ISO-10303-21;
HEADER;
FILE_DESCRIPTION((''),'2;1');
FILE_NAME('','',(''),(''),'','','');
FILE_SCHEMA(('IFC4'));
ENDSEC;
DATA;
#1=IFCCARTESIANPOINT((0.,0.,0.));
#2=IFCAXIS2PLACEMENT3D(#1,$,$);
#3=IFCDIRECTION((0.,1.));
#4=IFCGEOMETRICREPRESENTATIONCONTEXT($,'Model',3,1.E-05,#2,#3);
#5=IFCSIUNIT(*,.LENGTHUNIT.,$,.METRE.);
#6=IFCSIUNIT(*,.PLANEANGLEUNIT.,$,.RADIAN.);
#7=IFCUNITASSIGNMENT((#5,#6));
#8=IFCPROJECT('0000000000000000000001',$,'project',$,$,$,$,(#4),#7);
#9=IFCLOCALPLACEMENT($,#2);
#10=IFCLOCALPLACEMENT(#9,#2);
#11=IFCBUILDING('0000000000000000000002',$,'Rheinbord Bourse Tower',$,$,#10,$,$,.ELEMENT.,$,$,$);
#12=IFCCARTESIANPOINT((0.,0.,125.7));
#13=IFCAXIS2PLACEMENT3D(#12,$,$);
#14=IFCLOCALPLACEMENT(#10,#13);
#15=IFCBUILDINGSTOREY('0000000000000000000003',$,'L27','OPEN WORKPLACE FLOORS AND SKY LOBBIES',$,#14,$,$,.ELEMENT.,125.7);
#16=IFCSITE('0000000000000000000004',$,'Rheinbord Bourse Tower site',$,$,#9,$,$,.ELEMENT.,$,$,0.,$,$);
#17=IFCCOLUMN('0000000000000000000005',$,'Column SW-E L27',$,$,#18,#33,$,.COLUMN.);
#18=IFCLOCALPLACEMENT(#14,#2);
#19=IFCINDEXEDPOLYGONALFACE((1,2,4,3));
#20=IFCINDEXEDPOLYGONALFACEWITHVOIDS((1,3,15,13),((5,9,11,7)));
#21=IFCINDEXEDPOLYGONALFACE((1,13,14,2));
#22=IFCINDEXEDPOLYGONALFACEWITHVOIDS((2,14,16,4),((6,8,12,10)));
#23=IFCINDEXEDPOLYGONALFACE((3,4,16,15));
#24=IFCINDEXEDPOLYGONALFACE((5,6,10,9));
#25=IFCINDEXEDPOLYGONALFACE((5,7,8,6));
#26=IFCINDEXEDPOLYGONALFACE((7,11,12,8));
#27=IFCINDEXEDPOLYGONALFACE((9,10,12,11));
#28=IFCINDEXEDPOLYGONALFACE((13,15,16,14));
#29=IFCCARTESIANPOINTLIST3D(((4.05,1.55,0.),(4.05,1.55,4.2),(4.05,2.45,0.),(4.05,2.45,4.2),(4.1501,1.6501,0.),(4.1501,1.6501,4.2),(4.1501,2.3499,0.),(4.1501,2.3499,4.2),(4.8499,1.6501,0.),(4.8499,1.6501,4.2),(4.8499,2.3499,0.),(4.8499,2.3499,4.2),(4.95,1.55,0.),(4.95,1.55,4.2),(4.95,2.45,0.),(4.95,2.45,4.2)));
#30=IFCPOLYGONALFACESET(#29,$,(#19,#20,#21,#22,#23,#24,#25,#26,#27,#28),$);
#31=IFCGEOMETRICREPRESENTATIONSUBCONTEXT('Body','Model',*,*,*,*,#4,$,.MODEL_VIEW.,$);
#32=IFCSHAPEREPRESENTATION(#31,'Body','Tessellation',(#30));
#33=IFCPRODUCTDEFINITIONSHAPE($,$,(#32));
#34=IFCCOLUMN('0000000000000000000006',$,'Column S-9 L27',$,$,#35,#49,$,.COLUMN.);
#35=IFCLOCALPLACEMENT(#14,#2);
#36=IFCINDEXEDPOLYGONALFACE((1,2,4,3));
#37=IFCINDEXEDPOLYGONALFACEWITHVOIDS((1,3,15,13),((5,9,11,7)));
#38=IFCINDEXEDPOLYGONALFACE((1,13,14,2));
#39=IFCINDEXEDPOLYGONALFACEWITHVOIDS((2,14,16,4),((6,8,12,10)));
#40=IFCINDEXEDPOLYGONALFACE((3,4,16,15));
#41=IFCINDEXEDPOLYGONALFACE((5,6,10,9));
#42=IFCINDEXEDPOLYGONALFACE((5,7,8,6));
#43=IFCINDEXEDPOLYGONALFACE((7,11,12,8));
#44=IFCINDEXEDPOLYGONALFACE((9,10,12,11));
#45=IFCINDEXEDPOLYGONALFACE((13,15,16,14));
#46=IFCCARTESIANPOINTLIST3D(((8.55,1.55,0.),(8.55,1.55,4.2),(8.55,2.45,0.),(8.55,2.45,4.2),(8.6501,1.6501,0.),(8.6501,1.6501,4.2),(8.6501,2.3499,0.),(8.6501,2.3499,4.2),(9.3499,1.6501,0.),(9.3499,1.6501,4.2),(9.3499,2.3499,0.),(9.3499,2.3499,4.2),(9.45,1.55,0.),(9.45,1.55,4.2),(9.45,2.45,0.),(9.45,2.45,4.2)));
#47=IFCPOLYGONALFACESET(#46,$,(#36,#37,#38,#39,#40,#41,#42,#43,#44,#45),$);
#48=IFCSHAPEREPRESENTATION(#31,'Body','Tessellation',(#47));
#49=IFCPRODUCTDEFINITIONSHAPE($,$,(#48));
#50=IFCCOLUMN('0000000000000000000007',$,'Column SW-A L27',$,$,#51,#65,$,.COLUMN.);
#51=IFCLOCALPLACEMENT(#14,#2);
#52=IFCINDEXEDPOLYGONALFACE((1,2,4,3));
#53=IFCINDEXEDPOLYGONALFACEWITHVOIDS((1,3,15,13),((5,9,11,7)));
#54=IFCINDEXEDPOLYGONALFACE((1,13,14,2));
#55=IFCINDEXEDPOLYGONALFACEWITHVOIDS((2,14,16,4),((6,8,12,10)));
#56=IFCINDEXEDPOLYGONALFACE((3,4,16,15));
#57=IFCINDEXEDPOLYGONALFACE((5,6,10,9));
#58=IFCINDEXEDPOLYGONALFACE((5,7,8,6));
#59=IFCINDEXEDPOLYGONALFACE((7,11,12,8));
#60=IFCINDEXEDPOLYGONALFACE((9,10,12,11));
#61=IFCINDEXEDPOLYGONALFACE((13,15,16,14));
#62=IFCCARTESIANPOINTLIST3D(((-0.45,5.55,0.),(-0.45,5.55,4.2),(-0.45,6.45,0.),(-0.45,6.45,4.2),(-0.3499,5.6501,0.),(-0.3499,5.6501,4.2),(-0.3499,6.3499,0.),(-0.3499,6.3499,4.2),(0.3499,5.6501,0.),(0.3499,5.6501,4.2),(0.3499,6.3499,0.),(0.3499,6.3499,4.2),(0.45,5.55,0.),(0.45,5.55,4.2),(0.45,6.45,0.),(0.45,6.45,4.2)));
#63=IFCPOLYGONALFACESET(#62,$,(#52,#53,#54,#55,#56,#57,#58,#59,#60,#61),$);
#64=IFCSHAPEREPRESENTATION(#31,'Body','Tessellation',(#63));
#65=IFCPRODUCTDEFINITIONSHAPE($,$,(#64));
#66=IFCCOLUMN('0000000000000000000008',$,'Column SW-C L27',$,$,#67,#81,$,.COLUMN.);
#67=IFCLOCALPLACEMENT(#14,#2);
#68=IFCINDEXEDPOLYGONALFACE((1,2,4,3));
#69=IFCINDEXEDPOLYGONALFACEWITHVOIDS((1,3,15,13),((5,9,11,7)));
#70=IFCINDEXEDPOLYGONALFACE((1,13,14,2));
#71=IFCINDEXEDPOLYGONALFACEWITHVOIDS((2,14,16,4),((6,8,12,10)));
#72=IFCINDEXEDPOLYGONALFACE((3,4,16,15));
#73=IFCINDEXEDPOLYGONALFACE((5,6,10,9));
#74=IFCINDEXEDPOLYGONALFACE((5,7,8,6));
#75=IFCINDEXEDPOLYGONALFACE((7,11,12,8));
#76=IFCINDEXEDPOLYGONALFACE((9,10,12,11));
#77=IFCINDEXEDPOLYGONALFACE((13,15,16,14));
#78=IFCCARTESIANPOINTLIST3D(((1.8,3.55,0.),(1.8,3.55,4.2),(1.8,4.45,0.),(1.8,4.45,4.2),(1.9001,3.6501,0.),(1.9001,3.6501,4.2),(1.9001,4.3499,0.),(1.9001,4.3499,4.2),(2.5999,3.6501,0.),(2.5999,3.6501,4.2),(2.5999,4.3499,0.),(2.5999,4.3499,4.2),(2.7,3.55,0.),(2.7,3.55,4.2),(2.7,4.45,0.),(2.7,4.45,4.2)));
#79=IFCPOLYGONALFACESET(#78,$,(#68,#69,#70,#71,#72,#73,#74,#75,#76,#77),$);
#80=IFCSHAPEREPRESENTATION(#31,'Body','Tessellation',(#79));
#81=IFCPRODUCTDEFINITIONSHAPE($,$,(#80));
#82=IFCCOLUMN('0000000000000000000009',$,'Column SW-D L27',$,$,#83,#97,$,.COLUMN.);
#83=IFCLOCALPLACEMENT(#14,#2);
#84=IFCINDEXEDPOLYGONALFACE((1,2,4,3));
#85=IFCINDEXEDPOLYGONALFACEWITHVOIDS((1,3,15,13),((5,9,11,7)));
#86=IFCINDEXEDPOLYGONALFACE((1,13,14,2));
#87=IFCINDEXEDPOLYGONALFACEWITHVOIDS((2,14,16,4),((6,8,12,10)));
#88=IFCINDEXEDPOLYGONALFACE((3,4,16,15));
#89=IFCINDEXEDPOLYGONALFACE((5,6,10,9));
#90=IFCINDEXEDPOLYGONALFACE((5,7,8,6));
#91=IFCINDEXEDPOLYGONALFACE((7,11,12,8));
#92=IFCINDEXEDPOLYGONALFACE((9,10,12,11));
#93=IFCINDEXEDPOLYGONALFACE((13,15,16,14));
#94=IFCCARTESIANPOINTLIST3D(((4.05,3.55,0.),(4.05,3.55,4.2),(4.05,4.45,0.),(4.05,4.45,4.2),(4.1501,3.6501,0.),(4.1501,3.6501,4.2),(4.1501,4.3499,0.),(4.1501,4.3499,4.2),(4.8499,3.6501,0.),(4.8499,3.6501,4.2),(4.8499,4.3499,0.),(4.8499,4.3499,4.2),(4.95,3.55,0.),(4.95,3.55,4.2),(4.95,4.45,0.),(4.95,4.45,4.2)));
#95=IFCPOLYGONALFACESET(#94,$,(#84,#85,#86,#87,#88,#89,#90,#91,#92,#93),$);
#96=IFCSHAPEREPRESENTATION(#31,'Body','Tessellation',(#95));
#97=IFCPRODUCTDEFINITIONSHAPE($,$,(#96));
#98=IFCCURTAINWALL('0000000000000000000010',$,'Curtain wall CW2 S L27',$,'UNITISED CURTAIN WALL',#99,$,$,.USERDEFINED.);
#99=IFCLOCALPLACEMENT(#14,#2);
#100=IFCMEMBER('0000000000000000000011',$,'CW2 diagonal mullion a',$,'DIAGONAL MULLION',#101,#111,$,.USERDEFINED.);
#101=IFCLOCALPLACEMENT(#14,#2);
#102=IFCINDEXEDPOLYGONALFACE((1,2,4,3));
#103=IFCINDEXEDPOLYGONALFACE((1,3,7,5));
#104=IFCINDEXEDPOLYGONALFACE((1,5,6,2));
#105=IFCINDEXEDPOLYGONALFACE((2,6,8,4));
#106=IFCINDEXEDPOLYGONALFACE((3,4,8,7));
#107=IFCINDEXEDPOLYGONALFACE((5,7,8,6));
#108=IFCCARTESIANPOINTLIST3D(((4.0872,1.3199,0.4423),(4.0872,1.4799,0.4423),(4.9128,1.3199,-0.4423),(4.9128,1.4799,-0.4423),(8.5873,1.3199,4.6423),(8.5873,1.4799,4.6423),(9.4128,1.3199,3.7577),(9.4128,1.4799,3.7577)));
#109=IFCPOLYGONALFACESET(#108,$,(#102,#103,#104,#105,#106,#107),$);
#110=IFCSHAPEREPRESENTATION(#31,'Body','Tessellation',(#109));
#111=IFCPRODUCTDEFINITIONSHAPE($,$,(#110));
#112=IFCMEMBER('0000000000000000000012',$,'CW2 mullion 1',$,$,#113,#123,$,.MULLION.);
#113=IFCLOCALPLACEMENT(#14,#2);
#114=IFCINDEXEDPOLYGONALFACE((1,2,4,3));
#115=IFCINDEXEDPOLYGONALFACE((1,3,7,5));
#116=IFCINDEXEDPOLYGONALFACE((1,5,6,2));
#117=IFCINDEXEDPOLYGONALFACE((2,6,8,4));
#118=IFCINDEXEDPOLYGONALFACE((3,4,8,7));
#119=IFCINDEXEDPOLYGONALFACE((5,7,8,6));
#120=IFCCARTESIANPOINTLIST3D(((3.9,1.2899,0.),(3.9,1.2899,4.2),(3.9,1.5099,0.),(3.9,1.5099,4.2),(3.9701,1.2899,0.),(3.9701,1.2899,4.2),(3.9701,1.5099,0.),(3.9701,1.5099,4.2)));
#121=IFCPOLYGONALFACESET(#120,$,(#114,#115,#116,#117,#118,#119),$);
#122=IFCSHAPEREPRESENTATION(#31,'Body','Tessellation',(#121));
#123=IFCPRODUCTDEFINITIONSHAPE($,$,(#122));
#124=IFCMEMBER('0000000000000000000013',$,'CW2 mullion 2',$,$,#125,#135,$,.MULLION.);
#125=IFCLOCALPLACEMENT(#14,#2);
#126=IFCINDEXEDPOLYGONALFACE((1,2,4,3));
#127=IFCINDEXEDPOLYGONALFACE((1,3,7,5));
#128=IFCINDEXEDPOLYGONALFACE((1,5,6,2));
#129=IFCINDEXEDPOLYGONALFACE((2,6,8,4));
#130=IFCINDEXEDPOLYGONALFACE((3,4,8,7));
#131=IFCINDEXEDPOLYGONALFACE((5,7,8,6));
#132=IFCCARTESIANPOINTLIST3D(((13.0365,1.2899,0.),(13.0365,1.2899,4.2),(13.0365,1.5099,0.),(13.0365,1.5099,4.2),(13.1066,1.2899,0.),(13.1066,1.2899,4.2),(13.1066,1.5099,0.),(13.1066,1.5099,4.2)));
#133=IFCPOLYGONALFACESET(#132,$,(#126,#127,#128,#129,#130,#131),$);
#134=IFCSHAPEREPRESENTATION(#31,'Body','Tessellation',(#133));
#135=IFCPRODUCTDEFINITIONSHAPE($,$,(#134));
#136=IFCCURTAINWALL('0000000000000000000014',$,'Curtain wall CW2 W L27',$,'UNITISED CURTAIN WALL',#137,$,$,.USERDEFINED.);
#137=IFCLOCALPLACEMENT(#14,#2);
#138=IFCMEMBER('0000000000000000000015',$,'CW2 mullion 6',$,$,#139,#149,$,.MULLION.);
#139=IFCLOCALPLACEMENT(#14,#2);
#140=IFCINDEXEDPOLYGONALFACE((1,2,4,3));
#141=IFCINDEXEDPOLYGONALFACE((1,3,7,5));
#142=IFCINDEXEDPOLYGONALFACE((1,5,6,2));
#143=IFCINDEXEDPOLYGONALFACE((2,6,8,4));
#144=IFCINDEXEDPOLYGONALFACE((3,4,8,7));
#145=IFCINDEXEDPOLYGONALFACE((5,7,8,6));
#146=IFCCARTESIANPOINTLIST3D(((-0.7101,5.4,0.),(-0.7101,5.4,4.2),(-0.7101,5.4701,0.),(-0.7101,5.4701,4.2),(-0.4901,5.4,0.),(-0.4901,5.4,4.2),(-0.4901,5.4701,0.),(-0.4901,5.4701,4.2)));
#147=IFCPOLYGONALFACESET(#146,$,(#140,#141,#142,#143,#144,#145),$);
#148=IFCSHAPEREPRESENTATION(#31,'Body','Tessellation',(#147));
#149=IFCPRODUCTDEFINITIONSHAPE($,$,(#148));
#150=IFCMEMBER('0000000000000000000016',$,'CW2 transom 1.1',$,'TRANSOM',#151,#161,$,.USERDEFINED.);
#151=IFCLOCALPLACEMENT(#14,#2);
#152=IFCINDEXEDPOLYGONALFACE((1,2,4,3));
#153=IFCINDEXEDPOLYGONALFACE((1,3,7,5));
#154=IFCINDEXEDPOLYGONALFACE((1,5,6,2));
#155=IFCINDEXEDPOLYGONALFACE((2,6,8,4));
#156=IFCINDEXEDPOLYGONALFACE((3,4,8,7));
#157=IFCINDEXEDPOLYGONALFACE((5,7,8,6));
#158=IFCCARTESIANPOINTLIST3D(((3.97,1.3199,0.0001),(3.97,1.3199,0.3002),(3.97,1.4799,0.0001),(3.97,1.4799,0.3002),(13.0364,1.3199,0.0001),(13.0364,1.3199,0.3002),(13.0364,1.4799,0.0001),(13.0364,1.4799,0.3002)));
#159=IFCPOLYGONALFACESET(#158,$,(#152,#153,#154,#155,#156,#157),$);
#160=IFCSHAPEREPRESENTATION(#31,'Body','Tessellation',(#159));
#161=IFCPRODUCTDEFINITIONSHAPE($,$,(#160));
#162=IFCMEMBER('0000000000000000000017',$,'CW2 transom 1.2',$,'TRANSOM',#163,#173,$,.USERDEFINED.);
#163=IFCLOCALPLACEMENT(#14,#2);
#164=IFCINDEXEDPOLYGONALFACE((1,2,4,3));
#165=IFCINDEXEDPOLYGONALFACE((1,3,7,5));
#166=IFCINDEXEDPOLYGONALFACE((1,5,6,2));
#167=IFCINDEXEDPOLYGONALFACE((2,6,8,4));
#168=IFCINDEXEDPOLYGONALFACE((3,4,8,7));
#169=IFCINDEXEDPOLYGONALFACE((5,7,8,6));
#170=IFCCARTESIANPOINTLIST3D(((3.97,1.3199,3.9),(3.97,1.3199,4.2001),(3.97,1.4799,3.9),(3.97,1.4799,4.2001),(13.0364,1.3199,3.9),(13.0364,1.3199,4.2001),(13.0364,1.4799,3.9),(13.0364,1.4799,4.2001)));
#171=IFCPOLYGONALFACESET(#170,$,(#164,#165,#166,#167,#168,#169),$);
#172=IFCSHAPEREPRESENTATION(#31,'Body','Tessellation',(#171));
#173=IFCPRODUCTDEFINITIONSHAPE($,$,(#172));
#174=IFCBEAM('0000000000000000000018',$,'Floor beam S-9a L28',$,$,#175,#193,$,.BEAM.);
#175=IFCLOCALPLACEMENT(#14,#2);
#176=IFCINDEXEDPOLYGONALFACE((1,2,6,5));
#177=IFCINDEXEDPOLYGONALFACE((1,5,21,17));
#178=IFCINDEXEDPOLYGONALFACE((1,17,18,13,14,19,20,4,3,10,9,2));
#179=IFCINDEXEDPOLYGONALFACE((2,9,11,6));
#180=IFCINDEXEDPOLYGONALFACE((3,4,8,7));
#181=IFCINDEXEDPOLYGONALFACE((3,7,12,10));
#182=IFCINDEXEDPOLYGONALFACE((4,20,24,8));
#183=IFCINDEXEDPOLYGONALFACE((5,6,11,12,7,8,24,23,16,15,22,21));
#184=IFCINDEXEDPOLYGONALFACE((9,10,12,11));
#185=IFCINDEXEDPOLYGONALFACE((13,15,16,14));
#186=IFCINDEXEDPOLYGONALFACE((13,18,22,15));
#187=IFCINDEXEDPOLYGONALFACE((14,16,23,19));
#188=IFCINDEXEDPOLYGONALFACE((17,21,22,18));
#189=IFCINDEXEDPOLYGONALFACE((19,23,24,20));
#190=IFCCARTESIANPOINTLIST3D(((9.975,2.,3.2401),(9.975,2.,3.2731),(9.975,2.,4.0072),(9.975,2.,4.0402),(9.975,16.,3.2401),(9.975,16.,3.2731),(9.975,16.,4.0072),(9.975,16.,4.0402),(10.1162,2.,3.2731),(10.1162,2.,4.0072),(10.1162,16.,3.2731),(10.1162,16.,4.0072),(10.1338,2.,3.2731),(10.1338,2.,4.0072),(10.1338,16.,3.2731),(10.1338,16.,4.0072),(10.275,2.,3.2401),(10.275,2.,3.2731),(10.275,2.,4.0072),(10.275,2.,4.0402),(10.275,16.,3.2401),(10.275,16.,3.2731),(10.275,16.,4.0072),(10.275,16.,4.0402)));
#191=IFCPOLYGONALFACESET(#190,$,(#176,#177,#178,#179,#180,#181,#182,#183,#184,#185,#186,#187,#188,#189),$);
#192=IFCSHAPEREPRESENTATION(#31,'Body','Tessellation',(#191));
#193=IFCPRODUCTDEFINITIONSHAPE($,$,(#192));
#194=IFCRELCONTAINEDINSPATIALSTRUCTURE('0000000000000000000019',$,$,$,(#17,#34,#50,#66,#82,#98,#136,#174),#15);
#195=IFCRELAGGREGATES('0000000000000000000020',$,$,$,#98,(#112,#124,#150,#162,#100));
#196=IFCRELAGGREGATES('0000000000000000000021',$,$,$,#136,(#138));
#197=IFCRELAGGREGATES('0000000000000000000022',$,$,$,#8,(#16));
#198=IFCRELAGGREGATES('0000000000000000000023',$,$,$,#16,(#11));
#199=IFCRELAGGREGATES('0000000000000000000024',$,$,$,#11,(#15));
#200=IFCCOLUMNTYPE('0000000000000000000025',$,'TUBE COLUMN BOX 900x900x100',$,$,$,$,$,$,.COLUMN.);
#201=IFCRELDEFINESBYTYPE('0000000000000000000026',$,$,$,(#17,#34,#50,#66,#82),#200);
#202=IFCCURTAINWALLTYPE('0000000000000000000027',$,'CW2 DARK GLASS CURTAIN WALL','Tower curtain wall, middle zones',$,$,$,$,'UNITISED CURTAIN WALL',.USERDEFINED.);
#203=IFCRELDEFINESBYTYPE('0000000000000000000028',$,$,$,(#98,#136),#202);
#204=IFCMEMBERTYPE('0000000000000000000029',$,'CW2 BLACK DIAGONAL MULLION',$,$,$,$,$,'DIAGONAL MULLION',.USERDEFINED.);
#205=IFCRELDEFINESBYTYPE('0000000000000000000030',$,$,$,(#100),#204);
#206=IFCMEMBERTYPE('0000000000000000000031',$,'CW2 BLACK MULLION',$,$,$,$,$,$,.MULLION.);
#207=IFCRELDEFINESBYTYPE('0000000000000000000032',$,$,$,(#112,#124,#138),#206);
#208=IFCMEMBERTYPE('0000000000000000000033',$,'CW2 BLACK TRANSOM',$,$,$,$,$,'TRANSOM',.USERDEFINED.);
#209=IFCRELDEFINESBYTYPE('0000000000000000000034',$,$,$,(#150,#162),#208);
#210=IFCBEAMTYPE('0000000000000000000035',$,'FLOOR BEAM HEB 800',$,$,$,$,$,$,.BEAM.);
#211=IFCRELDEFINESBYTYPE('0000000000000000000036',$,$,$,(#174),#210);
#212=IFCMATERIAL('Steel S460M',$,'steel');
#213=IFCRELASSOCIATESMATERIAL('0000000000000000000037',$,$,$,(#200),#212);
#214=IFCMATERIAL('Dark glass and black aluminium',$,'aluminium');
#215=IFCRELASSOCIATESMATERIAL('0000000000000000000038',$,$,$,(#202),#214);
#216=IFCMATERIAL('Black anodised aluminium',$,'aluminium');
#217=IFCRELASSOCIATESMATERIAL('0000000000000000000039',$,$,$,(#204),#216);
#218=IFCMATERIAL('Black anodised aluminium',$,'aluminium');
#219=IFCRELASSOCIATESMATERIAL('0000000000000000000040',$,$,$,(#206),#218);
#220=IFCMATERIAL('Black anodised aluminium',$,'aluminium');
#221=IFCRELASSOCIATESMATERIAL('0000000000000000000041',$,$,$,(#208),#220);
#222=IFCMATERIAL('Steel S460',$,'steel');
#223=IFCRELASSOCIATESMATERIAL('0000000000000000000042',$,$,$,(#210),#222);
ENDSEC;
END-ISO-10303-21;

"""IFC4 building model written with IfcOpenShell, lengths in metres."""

from ifc_helpers import new_model, si_unit, direction, frame, origin, origin_2d, place, context, subcontext, project, spatial, rectangle, hollow_rectangle, i_section, extrude, material, material_profile, profile_set, type_object, element, aggregate, save


model = new_model("IFC4")

# Units and contexts
model_context = context("Model", 3, precision=1e-05, world=origin(), true_north=direction((0.0, 1.0)))
body_context = subcontext(model_context, "Body", "Model", "MODEL_VIEW")
ifc_project = project(units=[si_unit("LENGTHUNIT", "METRE"), si_unit("PLANEANGLEUNIT", "RADIAN")], contexts=[model_context])

# Site, building, storey
site_placement = place(None, origin())
site = spatial("IfcSite", under=ifc_project, at=site_placement, Name="Rheinbord Bourse Tower site", CompositionType="ELEMENT", RefElevation=0.0)
building_placement = place(site_placement, origin())
building = spatial("IfcBuilding", under=site, at=building_placement, Name="Rheinbord Bourse Tower", CompositionType="ELEMENT")
storey_placement = place(building_placement, frame((0.0, 0.0, 125.7)))
storey = spatial("IfcBuildingStorey", under=building, at=storey_placement, Name="L27", Description="OPEN WORKPLACE FLOORS AND SKY LOBBIES", CompositionType="ELEMENT", Elevation=125.7)

# Columns
ifc_material_1 = material(Name="Steel S460M", Category="steel")
ifc_material_profile_1 = material_profile(ifc_material_1, hollow_rectangle(XDim=0.8999, YDim=0.8999, WallThickness=0.1001, at=origin_2d()), Name="BOX 900x900x100")
ifc_profile_set_1 = profile_set([ifc_material_profile_1], Name="Steel S460M")
column_type = type_object("IfcColumnType", Name="TUBE COLUMN BOX 900x900x100", PredefinedType="COLUMN", material=ifc_profile_set_1)
for number, where, z_axis, x_axis, name in (
    (1, (4.5, 2.0, 0.0), (0.0, 0.0, 1.0), (0.0, 1.0, 0.0), "Column SW-E L27"),
    (2, (9.0, 2.0, 0.0), (0.0, 0.0, 1.0), (0.0, 1.0, 0.0), "Column S-9 L27"),
    (3, (0.0, 6.0, 0.0), (0.0, 0.0, 1.0), (1.0, 0.0, 0.0), "Column SW-A L27"),
    (4, (2.25, 4.0, 0.0), (0.0, 0.0, 1.0), (1.0, 0.0, 0.0), "Column SW-C L27"),
    (5, (4.5, 4.0, 0.0), (0.0, 0.0, 1.0), (0.0, 1.0, 0.0), "Column SW-D L27"),
):
    element("IfcColumn", number, at=place(storey_placement, frame(where, z_axis=z_axis, x_axis=x_axis)), inside=storey, type_object=column_type, Name=name, PredefinedType="COLUMN", context=body_context, shape_type="SweptSolid", body=[
        extrude(hollow_rectangle(XDim=0.8999, YDim=0.8999, WallThickness=0.1001, at=origin_2d()), origin(), (0.0, 0.0, 1.0), 4.2),
    ])

# Curtain wall, members
ifc_material_2 = material(Name="Dark glass and black aluminium", Category="aluminium")
curtain_wall_type = type_object("IfcCurtainWallType", Name="CW2 DARK GLASS CURTAIN WALL", Description="Tower curtain wall, middle zones", ElementType="UNITISED CURTAIN WALL", PredefinedType="USERDEFINED", material=ifc_material_2)
curtain_wall_1_placement = place(storey_placement, origin())
curtain_wall_1 = element("IfcCurtainWall", 6, at=curtain_wall_1_placement, inside=storey, type_object=curtain_wall_type, Name="Curtain wall CW2 S L27", ObjectType="UNITISED CURTAIN WALL", PredefinedType="USERDEFINED")
ifc_material_3 = material(Name="Black anodised aluminium", Category="aluminium")
ifc_material_profile_2 = material_profile(ifc_material_3, rectangle(XDim=0.1599, YDim=1.21, at=origin_2d()), Name="CW2 DIAGONAL MULLION 1210x160")
ifc_profile_set_2 = profile_set([ifc_material_profile_2], Name="Black anodised aluminium")
member_type_1 = type_object("IfcMemberType", Name="CW2 BLACK DIAGONAL MULLION", ElementType="DIAGONAL MULLION", PredefinedType="USERDEFINED", material=ifc_profile_set_2)
member_1_placement = place(storey_placement, frame((4.5, 1.3999, 0.0), z_axis=(0.731059, 0.0, 0.682314), x_axis=(0.0, 1.0, 0.0)))
member_1 = element("IfcMember", 7, at=member_1_placement, type_object=member_type_1, Name="CW2 diagonal mullion a", ObjectType="DIAGONAL MULLION", PredefinedType="USERDEFINED", context=body_context, shape_type="SweptSolid", body=[
    extrude(rectangle(XDim=0.1599, YDim=1.21, at=origin_2d()), origin(), (0.0, 0.0, 1.0), 6.1555),
])
ifc_material_4 = material(Name="Black anodised aluminium", Category="aluminium")
ifc_material_profile_3 = material_profile(ifc_material_4, rectangle(XDim=0.22, YDim=0.0701, at=origin_2d()), Name="CW2 MULLION 70x220")
ifc_profile_set_3 = profile_set([ifc_material_profile_3], Name="Black anodised aluminium")
member_type_2 = type_object("IfcMemberType", Name="CW2 BLACK MULLION", PredefinedType="MULLION", material=ifc_profile_set_3)
member_2_placement = place(storey_placement, frame((3.9351, 1.3999, 0.0), z_axis=(0.0, 0.0, 1.0), x_axis=(0.0, 1.0, 0.0)))
member_2 = element("IfcMember", 8, at=member_2_placement, type_object=member_type_2, Name="CW2 mullion 1", PredefinedType="MULLION", context=body_context, shape_type="SweptSolid", body=[
    extrude(rectangle(XDim=0.22, YDim=0.0701, at=origin_2d()), origin(), (0.0, 0.0, 1.0), 4.2),
])
member_3_placement = place(storey_placement, frame((13.0715, 1.3999, 0.0), z_axis=(0.0, 0.0, 1.0), x_axis=(0.0, 1.0, 0.0)))
member_3 = element("IfcMember", 9, at=member_3_placement, type_object=member_type_2, Name="CW2 mullion 2", PredefinedType="MULLION", context=body_context, shape_type="SweptSolid", body=[
    extrude(rectangle(XDim=0.22, YDim=0.0701, at=origin_2d()), origin(), (0.0, 0.0, 1.0), 4.2),
])

# Curtain wall, member
curtain_wall_2_placement = place(storey_placement, origin())
curtain_wall_2 = element("IfcCurtainWall", 10, at=curtain_wall_2_placement, inside=storey, type_object=curtain_wall_type, Name="Curtain wall CW2 W L27", ObjectType="UNITISED CURTAIN WALL", PredefinedType="USERDEFINED")
member_4_placement = place(storey_placement, frame((-0.6001, 5.4351, 0.0), z_axis=(0.0, 0.0, 1.0), x_axis=(1.0, 0.0, 0.0)))
member_4 = element("IfcMember", 11, at=member_4_placement, type_object=member_type_2, Name="CW2 mullion 6", PredefinedType="MULLION", context=body_context, shape_type="SweptSolid", body=[
    extrude(rectangle(XDim=0.22, YDim=0.0701, at=origin_2d()), origin(), (0.0, 0.0, 1.0), 4.2),
])

# Members
ifc_material_5 = material(Name="Black anodised aluminium", Category="aluminium")
ifc_material_profile_4 = material_profile(ifc_material_5, rectangle(XDim=0.1599, YDim=0.3, at=origin_2d()), Name="CW2 TRANSOM 300x160")
ifc_profile_set_4 = profile_set([ifc_material_profile_4], Name="Black anodised aluminium")
member_type_3 = type_object("IfcMemberType", Name="CW2 BLACK TRANSOM", ElementType="TRANSOM", PredefinedType="USERDEFINED", material=ifc_profile_set_4)
member_5_placement = place(storey_placement, frame((3.97, 1.3999, 0.1501), z_axis=(1.0, 0.0, 0.0), x_axis=(0.0, 1.0, 0.0)))
member_5 = element("IfcMember", 12, at=member_5_placement, type_object=member_type_3, Name="CW2 transom 1.1", ObjectType="TRANSOM", PredefinedType="USERDEFINED", context=body_context, shape_type="SweptSolid", body=[
    extrude(rectangle(XDim=0.1599, YDim=0.3, at=origin_2d()), origin(), (0.0, 0.0, 1.0), 9.0664),
])
member_6_placement = place(storey_placement, frame((3.97, 1.3999, 4.05), z_axis=(1.0, 0.0, 0.0), x_axis=(0.0, 1.0, 0.0)))
member_6 = element("IfcMember", 13, at=member_6_placement, type_object=member_type_3, Name="CW2 transom 1.2", ObjectType="TRANSOM", PredefinedType="USERDEFINED", context=body_context, shape_type="SweptSolid", body=[
    extrude(rectangle(XDim=0.1599, YDim=0.3, at=origin_2d()), origin(), (0.0, 0.0, 1.0), 9.0664),
])

# Beam
ifc_material_6 = material(Name="Steel S460", Category="steel")
ifc_material_profile_5 = material_profile(ifc_material_6, i_section(OverallWidth=0.3, OverallDepth=0.8, WebThickness=0.0176, FlangeThickness=0.033, at=origin_2d()), Name="HEB 800")
ifc_profile_set_5 = profile_set([ifc_material_profile_5], Name="Steel S460")
beam_type_1 = type_object("IfcBeamType", Name="FLOOR BEAM HEB 800", PredefinedType="BEAM", material=ifc_profile_set_5)
for number, where, z_axis, x_axis, name in (
    (14, (10.125, 2.0, 3.6401), (0.0, 1.0, 0.0), (-1.0, 0.0, 0.0), "Floor beam S-9a L28"),
):
    element("IfcBeam", number, at=place(storey_placement, frame(where, z_axis=z_axis, x_axis=x_axis)), inside=storey, type_object=beam_type_1, Name=name, PredefinedType="BEAM", context=body_context, shape_type="SweptSolid", body=[
        extrude(i_section(OverallWidth=0.3, OverallDepth=0.8, WebThickness=0.0176, FlangeThickness=0.033, at=origin_2d()), origin(), (0.0, 0.0, 1.0), 14.0),
    ])

aggregate(curtain_wall_1, [member_2, member_3, member_5, member_6, member_1])
aggregate(curtain_wall_2, [member_4])

save(model, "model.ifc")
